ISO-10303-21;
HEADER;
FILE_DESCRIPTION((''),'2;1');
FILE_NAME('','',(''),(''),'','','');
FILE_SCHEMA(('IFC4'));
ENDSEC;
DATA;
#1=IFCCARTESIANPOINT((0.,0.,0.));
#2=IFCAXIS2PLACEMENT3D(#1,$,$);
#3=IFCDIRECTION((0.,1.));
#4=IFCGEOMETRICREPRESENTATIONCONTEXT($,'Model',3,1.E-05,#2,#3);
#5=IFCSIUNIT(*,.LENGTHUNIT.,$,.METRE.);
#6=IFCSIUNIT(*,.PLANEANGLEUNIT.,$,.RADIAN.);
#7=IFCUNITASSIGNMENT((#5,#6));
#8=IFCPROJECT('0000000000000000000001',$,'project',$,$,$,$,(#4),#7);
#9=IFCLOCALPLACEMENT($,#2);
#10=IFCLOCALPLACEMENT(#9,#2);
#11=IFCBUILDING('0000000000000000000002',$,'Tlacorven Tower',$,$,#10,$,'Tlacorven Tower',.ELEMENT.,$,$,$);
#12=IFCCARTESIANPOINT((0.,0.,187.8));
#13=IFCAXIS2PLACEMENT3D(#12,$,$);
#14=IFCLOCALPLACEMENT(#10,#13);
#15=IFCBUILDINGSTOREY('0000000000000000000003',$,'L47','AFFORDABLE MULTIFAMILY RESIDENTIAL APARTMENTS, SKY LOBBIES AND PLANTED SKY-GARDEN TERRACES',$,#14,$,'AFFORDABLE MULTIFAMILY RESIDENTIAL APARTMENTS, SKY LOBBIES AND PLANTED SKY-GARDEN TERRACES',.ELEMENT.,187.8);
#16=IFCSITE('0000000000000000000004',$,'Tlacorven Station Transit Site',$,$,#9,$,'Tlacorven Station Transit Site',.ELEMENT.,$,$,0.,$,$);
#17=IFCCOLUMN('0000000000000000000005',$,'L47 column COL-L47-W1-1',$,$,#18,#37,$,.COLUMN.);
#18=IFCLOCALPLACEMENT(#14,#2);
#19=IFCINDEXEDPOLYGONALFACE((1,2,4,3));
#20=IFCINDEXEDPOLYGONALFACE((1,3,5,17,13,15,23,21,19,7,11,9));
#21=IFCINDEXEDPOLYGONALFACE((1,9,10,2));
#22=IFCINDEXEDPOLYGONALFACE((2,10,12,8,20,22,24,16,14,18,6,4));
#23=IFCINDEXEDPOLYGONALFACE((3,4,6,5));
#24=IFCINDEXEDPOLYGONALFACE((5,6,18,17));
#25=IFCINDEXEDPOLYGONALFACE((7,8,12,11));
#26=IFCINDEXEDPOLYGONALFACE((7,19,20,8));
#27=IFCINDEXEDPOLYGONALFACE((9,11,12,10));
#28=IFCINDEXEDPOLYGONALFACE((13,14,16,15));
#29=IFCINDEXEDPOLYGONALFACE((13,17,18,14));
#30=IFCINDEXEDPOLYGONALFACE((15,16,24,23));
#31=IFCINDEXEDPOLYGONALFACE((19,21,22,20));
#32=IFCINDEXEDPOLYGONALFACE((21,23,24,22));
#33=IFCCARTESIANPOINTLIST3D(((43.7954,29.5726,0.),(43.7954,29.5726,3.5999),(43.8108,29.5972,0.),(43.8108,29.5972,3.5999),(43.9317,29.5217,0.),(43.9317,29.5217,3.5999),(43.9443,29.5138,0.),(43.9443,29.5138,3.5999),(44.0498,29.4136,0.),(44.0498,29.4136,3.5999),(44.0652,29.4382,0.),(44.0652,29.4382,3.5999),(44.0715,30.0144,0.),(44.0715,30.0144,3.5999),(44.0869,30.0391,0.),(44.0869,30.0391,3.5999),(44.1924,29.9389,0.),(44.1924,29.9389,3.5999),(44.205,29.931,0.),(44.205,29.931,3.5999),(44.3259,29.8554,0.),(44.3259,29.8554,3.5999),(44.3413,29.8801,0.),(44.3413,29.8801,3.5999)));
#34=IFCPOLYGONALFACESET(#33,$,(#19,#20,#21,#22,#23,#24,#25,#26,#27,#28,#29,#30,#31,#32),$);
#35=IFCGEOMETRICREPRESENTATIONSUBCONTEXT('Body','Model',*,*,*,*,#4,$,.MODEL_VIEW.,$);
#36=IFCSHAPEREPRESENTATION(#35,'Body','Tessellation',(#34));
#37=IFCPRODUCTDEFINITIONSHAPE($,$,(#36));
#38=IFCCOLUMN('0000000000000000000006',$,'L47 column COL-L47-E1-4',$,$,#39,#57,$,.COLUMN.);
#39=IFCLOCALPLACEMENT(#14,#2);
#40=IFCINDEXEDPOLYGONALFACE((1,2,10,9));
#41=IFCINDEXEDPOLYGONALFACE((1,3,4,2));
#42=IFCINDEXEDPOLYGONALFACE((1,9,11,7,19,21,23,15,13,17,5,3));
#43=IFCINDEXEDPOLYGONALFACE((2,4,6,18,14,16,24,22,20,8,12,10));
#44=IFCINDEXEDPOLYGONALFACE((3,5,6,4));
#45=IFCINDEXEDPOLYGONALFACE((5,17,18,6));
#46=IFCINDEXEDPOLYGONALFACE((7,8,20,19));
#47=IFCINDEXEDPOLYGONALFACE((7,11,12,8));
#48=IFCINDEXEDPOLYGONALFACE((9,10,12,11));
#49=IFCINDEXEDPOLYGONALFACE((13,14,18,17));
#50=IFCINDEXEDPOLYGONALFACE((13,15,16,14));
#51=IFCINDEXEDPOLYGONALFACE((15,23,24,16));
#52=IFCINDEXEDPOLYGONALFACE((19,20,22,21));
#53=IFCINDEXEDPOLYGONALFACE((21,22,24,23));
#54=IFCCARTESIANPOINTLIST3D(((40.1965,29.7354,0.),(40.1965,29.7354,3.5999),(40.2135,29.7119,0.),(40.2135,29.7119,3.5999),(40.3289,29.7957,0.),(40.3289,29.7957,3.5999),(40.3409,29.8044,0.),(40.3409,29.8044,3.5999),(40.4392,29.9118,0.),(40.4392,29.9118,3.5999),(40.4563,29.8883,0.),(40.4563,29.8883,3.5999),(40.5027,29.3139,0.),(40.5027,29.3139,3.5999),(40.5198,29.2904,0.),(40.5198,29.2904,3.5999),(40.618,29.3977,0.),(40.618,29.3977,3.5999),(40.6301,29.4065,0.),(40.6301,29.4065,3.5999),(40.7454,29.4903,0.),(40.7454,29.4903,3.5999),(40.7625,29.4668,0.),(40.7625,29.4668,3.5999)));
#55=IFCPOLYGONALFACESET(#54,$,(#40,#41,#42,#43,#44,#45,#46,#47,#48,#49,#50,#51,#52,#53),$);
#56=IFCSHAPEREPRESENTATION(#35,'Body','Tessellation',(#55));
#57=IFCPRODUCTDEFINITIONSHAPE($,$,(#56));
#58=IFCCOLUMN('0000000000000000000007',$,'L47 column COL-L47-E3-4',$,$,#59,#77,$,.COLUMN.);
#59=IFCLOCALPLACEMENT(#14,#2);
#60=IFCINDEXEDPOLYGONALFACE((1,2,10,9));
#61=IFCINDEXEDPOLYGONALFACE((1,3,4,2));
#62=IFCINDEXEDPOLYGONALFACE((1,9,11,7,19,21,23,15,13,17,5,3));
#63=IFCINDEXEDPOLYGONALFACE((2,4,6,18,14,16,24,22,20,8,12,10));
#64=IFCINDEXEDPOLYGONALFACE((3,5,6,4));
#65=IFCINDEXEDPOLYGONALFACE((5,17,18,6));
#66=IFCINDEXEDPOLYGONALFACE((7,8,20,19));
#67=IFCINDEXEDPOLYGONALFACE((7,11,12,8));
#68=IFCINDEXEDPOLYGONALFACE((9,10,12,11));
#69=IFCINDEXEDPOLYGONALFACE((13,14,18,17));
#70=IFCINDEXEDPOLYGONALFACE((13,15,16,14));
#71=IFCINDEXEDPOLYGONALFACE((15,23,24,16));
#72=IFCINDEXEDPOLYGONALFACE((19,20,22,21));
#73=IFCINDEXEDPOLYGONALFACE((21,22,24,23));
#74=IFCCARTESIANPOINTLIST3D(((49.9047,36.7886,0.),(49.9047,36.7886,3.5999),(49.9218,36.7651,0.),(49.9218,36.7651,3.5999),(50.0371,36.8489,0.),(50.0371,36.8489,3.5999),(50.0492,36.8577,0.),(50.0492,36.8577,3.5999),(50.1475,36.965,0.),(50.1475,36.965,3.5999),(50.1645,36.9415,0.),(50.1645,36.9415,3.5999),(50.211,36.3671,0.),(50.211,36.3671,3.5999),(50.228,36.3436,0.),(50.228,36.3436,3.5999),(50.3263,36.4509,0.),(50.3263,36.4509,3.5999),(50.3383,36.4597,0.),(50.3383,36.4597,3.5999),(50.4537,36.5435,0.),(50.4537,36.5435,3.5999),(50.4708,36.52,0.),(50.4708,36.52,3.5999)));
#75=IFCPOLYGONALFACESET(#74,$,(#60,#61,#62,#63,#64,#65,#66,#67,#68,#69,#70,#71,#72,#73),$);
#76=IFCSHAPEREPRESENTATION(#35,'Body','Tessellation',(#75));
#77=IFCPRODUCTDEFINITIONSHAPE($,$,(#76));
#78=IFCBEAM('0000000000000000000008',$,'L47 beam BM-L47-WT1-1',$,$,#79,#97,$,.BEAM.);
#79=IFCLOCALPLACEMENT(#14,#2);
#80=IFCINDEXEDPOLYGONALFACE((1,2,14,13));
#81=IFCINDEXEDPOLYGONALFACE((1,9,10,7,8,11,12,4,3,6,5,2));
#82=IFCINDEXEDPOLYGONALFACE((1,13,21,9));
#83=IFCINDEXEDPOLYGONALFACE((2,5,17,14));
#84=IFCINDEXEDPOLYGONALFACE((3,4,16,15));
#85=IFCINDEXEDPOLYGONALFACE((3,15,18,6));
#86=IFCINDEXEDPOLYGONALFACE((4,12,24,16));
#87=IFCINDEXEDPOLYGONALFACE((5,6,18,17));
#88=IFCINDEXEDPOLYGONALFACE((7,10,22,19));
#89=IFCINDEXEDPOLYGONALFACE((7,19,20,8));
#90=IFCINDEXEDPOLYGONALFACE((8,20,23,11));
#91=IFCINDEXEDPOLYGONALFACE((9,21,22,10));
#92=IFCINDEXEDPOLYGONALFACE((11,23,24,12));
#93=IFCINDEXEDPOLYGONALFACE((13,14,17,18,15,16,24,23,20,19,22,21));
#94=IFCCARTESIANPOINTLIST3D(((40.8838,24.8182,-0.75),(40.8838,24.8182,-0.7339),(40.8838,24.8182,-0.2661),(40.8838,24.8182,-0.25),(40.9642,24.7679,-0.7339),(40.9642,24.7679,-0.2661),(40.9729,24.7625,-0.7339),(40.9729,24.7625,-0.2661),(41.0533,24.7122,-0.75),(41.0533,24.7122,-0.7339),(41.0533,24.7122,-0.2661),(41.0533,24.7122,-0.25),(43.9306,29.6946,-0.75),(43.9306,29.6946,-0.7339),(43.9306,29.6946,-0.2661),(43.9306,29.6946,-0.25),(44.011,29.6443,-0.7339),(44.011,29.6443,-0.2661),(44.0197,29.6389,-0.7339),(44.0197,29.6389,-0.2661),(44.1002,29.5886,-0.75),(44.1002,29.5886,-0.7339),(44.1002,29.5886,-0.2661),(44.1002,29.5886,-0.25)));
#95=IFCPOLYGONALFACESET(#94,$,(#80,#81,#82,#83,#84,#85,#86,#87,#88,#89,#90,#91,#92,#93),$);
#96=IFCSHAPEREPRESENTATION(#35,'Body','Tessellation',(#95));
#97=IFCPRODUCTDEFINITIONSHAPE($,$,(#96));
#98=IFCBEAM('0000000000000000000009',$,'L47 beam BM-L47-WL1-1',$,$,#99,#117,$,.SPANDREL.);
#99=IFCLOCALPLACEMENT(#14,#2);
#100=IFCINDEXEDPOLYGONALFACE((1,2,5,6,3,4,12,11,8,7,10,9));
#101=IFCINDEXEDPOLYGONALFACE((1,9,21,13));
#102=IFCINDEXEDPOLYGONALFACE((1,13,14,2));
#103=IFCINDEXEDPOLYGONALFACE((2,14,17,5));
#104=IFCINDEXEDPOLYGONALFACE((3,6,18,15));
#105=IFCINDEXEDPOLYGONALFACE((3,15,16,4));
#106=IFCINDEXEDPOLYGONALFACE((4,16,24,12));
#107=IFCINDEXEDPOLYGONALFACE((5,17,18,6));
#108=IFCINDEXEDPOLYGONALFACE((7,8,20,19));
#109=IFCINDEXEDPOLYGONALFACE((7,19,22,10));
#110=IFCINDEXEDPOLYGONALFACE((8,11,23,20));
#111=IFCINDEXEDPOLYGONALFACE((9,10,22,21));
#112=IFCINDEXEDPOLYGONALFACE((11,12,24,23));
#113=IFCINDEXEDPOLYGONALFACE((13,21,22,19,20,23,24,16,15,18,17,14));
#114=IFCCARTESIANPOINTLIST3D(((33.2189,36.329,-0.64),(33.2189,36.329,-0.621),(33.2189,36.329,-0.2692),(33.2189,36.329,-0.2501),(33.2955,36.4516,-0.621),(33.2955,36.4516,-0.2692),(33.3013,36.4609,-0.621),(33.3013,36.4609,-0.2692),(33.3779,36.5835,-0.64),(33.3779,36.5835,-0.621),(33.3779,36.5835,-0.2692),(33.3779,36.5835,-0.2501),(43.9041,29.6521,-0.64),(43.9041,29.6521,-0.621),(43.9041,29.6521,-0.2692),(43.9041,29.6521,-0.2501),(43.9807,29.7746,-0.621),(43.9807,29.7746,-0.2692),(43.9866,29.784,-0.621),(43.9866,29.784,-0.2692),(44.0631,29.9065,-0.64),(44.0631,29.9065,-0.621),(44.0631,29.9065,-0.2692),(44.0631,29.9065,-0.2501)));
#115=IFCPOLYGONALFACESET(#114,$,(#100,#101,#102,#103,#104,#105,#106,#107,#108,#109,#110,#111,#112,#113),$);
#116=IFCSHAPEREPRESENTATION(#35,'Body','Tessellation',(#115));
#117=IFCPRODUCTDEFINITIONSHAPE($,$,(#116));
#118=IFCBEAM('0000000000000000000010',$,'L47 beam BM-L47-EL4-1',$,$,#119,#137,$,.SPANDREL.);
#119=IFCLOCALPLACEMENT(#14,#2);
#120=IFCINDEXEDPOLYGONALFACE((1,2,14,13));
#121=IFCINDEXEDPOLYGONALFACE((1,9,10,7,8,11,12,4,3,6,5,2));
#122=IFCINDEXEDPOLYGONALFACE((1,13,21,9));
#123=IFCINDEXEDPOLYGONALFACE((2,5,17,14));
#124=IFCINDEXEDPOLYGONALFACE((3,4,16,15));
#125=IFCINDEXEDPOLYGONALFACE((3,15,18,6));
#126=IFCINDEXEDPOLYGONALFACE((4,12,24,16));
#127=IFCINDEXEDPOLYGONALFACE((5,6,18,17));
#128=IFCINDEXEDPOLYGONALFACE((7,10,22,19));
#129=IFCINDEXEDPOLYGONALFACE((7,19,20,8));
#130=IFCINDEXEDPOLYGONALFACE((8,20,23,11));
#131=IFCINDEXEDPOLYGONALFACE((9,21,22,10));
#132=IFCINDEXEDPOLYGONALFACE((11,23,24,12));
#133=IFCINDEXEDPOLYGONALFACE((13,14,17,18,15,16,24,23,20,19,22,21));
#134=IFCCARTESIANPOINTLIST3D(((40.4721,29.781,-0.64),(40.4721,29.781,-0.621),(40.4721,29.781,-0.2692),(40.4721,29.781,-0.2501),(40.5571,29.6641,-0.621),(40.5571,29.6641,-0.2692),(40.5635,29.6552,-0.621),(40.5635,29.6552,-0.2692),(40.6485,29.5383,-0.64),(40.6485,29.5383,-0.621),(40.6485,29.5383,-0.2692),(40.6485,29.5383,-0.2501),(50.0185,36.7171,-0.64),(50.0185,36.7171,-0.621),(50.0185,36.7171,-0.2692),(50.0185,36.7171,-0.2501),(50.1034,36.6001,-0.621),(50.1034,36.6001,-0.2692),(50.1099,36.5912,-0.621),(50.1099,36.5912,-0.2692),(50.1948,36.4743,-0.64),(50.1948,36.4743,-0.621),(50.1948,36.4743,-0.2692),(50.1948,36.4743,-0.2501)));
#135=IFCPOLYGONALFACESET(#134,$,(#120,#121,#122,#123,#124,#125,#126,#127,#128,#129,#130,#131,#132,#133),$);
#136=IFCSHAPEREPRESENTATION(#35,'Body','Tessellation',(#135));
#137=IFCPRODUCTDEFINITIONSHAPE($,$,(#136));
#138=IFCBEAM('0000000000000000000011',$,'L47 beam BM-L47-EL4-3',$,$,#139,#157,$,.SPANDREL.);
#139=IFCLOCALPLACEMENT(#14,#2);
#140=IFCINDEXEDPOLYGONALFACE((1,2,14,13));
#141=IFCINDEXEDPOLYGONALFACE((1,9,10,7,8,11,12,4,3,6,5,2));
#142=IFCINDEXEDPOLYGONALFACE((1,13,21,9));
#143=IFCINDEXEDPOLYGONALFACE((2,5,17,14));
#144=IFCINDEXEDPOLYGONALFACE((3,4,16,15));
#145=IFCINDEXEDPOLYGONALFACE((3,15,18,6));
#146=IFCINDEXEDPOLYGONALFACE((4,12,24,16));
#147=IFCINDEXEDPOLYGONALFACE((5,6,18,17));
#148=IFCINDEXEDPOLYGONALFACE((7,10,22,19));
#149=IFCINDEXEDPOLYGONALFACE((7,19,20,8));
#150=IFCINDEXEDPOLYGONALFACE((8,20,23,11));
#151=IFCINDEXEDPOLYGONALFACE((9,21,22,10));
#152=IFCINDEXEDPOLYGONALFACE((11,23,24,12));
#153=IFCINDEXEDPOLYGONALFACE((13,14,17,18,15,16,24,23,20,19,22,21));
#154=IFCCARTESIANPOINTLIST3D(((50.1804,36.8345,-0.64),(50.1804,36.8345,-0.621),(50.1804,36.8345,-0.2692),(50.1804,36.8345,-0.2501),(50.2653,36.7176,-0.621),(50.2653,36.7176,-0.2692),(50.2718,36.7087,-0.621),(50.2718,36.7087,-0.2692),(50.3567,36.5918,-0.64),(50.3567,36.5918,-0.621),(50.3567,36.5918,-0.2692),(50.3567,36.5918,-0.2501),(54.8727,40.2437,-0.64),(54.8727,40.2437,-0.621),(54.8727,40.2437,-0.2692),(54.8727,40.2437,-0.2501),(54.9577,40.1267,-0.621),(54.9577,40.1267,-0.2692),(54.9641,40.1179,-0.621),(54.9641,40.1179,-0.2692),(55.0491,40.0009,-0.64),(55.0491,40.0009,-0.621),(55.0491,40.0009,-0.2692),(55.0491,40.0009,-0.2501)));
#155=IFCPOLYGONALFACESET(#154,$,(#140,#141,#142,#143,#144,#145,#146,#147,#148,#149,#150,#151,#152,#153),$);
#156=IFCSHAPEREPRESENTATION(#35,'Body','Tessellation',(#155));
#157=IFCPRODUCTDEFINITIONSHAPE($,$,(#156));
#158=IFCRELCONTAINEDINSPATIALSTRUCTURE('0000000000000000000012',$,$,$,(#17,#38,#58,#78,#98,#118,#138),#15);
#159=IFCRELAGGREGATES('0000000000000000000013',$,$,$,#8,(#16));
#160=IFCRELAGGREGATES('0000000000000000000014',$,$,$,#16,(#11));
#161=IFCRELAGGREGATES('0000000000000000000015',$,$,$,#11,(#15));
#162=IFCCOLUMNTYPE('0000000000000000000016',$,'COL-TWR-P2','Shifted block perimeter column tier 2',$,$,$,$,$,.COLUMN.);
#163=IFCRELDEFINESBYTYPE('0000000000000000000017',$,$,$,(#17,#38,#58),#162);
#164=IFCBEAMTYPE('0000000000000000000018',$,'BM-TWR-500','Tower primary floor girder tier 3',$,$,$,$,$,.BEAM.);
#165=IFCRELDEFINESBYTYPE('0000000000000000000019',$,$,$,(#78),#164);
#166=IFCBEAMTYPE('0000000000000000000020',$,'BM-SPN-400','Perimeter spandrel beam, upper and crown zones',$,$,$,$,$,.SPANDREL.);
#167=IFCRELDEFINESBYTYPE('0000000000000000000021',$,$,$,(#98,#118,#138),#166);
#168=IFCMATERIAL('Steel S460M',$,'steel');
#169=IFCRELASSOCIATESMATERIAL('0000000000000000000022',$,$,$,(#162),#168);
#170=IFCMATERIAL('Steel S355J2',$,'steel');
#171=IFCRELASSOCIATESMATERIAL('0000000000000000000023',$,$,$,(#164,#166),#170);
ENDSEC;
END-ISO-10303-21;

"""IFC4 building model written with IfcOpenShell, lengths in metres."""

from ifc_helpers import new_model, si_unit, direction, frame, origin, origin_2d, place, context, subcontext, project, spatial, i_section, extrude, source, transform, mapped, material, material_profile, profile_set, type_object, element, save


model = new_model("IFC4")

# Units and contexts
model_context = context("Model", 3, precision=1e-05, world=origin(), true_north=direction((0.0, 1.0)))
body_context = subcontext(model_context, "Body", "Model", "MODEL_VIEW")
ifc_project = project(units=[si_unit("LENGTHUNIT", "METRE"), si_unit("PLANEANGLEUNIT", "RADIAN")], contexts=[model_context])

# Site, building, storey
site_placement = place(None, origin())
site = spatial("IfcSite", under=ifc_project, at=site_placement, Name="Tlacorven Station Transit Site", LongName="Tlacorven Station Transit Site", CompositionType="ELEMENT", RefElevation=0.0)
building_placement = place(site_placement, origin())
building = spatial("IfcBuilding", under=site, at=building_placement, Name="Tlacorven Tower", LongName="Tlacorven Tower", CompositionType="ELEMENT")
storey_placement = place(building_placement, frame((0.0, 0.0, 187.8)))
storey = spatial("IfcBuildingStorey", under=building, at=storey_placement, Name="L47", Description="AFFORDABLE MULTIFAMILY RESIDENTIAL APARTMENTS, SKY LOBBIES AND PLANTED SKY-GARDEN TERRACES", LongName="AFFORDABLE MULTIFAMILY RESIDENTIAL APARTMENTS, SKY LOBBIES AND PLANTED SKY-GARDEN TERRACES", CompositionType="ELEMENT", Elevation=187.8)

# Columns
ifc_material_1 = material(Name="Steel S460M", Category="steel")
ifc_material_profile_1 = material_profile(ifc_material_1, i_section(OverallWidth=0.3, OverallDepth=0.55, WebThickness=0.0149, FlangeThickness=0.0291, at=origin_2d()), Name="HEB 550")
ifc_profile_set_1 = profile_set([ifc_material_profile_1], Name="Steel S460M")
column_type = type_object("IfcColumnType", Name="COL-TWR-P2", Description="Shifted block perimeter column tier 2", PredefinedType="COLUMN", material=ifc_profile_set_1)
shared_shape_1 = source(origin(), body_context, "Body", "SweptSolid", [
    extrude(i_section(OverallWidth=0.3, OverallDepth=0.55, WebThickness=0.0149, FlangeThickness=0.0291, at=origin_2d()), origin(), (0.0, 0.0, 1.0), 3.5999),
])
for number, where, z_axis, x_axis, name in (
    (1, (44.0684, 29.7263, 0.0), (0.0, 0.0, 1.0), (-0.848048, 0.529919, 0.0), "L47 column COL-L47-W1-1"),
    (2, (40.4795, 29.6011, 0.0), (0.0, 0.0, 1.0), (0.809017, 0.587785, 0.0), "L47 column COL-L47-E1-4"),
    (3, (50.1877, 36.6543, 0.0), (0.0, 0.0, 1.0), (0.809017, 0.587785, 0.0), "L47 column COL-L47-E3-4"),
):
    element("IfcColumn", number, at=place(storey_placement, frame(where, z_axis=z_axis, x_axis=x_axis)), inside=storey, type_object=column_type, Name=name, PredefinedType="COLUMN", context=body_context, shape_type="MappedRepresentation", body=[
        mapped(shared_shape_1, transform((0.0, 0.0, 0.0), scale=1.0)),
    ])

# Beams
ifc_material_2 = material(Name="Steel S355J2", Category="steel")
ifc_material_profile_2 = material_profile(ifc_material_2, i_section(OverallWidth=0.2, OverallDepth=0.5, WebThickness=0.0103, FlangeThickness=0.0161, at=origin_2d()), Name="IPE 500")
ifc_profile_set_2 = profile_set([ifc_material_profile_2], Name="Steel S355J2")
beam_type_1 = type_object("IfcBeamType", Name="BM-TWR-500", Description="Tower primary floor girder tier 3", PredefinedType="BEAM", material=ifc_profile_set_2)
shared_shape_2 = source(origin(), body_context, "Body", "SweptSolid", [
    extrude(i_section(OverallWidth=0.2, OverallDepth=0.5, WebThickness=0.0103, FlangeThickness=0.0161, at=origin_2d()), origin(), (0.0, 0.0, 1.0), 5.75),
])
beam_1_placement = place(storey_placement, frame((44.0154, 29.6416, -0.5), z_axis=(-0.529884, -0.84807, 0.0), x_axis=(0.84807, -0.529884, 0.0)))
element("IfcBeam", 4, at=beam_1_placement, inside=storey, type_object=beam_type_1, Name="L47 beam BM-L47-WT1-1", PredefinedType="BEAM", context=body_context, shape_type="MappedRepresentation", body=[
    mapped(shared_shape_2, transform((0.0, 0.0, 0.0), scale=1.0)),
])
ifc_material_profile_3 = material_profile(ifc_material_2, i_section(OverallWidth=0.3, OverallDepth=0.3899, WebThickness=0.011, FlangeThickness=0.019, at=origin_2d()), Name="HEA 400")
ifc_profile_set_3 = profile_set([ifc_material_profile_3], Name="Steel S355J2")
beam_type_2 = type_object("IfcBeamType", Name="BM-SPN-400", Description="Perimeter spandrel beam, upper and crown zones", PredefinedType="SPANDREL", material=ifc_profile_set_3)
shared_shape_3 = source(origin(), body_context, "Body", "SweptSolid", [
    extrude(i_section(OverallWidth=0.3, OverallDepth=0.3899, WebThickness=0.011, FlangeThickness=0.019, at=origin_2d()), origin(), (0.0, 0.0, 1.0), 12.5999),
])
beam_2_placement = place(storey_placement, frame((43.9836, 29.7793, -0.4451), z_axis=(-0.848045, 0.529924, 0.0), x_axis=(-0.529924, -0.848045, 0.0)))
element("IfcBeam", 5, at=beam_2_placement, inside=storey, type_object=beam_type_2, Name="L47 beam BM-L47-WL1-1", PredefinedType="SPANDREL", context=body_context, shape_type="MappedRepresentation", body=[
    mapped(shared_shape_3, transform((0.0, 0.0, 0.0), scale=1.0)),
])
shared_shape_4 = source(origin(), body_context, "Body", "SweptSolid", [
    extrude(i_section(OverallWidth=0.3, OverallDepth=0.3899, WebThickness=0.011, FlangeThickness=0.019, at=origin_2d()), origin(), (0.0, 0.0, 1.0), 11.8),
])
beam_3_placement = place(storey_placement, frame((40.5603, 29.6597, -0.4451), z_axis=(0.80901, 0.587795, 0.0), x_axis=(-0.587795, 0.80901, 0.0)))
element("IfcBeam", 6, at=beam_3_placement, inside=storey, type_object=beam_type_2, Name="L47 beam BM-L47-EL4-1", PredefinedType="SPANDREL", context=body_context, shape_type="MappedRepresentation", body=[
    mapped(shared_shape_4, transform((0.0, 0.0, 0.0), scale=1.0)),
])
shared_shape_5 = source(origin(), body_context, "Body", "SweptSolid", [
    extrude(i_section(OverallWidth=0.3, OverallDepth=0.3899, WebThickness=0.011, FlangeThickness=0.019, at=origin_2d()), origin(), (0.0, 0.0, 1.0), 5.8),
])
beam_4_placement = place(storey_placement, frame((50.2686, 36.7131, -0.4451), z_axis=(0.80902, 0.587781, 0.0), x_axis=(-0.587781, 0.80902, 0.0)))
element("IfcBeam", 7, at=beam_4_placement, inside=storey, type_object=beam_type_2, Name="L47 beam BM-L47-EL4-3", PredefinedType="SPANDREL", context=body_context, shape_type="MappedRepresentation", body=[
    mapped(shared_shape_5, transform((0.0, 0.0, 0.0), scale=1.0)),
])

save(model, "model.ifc")
